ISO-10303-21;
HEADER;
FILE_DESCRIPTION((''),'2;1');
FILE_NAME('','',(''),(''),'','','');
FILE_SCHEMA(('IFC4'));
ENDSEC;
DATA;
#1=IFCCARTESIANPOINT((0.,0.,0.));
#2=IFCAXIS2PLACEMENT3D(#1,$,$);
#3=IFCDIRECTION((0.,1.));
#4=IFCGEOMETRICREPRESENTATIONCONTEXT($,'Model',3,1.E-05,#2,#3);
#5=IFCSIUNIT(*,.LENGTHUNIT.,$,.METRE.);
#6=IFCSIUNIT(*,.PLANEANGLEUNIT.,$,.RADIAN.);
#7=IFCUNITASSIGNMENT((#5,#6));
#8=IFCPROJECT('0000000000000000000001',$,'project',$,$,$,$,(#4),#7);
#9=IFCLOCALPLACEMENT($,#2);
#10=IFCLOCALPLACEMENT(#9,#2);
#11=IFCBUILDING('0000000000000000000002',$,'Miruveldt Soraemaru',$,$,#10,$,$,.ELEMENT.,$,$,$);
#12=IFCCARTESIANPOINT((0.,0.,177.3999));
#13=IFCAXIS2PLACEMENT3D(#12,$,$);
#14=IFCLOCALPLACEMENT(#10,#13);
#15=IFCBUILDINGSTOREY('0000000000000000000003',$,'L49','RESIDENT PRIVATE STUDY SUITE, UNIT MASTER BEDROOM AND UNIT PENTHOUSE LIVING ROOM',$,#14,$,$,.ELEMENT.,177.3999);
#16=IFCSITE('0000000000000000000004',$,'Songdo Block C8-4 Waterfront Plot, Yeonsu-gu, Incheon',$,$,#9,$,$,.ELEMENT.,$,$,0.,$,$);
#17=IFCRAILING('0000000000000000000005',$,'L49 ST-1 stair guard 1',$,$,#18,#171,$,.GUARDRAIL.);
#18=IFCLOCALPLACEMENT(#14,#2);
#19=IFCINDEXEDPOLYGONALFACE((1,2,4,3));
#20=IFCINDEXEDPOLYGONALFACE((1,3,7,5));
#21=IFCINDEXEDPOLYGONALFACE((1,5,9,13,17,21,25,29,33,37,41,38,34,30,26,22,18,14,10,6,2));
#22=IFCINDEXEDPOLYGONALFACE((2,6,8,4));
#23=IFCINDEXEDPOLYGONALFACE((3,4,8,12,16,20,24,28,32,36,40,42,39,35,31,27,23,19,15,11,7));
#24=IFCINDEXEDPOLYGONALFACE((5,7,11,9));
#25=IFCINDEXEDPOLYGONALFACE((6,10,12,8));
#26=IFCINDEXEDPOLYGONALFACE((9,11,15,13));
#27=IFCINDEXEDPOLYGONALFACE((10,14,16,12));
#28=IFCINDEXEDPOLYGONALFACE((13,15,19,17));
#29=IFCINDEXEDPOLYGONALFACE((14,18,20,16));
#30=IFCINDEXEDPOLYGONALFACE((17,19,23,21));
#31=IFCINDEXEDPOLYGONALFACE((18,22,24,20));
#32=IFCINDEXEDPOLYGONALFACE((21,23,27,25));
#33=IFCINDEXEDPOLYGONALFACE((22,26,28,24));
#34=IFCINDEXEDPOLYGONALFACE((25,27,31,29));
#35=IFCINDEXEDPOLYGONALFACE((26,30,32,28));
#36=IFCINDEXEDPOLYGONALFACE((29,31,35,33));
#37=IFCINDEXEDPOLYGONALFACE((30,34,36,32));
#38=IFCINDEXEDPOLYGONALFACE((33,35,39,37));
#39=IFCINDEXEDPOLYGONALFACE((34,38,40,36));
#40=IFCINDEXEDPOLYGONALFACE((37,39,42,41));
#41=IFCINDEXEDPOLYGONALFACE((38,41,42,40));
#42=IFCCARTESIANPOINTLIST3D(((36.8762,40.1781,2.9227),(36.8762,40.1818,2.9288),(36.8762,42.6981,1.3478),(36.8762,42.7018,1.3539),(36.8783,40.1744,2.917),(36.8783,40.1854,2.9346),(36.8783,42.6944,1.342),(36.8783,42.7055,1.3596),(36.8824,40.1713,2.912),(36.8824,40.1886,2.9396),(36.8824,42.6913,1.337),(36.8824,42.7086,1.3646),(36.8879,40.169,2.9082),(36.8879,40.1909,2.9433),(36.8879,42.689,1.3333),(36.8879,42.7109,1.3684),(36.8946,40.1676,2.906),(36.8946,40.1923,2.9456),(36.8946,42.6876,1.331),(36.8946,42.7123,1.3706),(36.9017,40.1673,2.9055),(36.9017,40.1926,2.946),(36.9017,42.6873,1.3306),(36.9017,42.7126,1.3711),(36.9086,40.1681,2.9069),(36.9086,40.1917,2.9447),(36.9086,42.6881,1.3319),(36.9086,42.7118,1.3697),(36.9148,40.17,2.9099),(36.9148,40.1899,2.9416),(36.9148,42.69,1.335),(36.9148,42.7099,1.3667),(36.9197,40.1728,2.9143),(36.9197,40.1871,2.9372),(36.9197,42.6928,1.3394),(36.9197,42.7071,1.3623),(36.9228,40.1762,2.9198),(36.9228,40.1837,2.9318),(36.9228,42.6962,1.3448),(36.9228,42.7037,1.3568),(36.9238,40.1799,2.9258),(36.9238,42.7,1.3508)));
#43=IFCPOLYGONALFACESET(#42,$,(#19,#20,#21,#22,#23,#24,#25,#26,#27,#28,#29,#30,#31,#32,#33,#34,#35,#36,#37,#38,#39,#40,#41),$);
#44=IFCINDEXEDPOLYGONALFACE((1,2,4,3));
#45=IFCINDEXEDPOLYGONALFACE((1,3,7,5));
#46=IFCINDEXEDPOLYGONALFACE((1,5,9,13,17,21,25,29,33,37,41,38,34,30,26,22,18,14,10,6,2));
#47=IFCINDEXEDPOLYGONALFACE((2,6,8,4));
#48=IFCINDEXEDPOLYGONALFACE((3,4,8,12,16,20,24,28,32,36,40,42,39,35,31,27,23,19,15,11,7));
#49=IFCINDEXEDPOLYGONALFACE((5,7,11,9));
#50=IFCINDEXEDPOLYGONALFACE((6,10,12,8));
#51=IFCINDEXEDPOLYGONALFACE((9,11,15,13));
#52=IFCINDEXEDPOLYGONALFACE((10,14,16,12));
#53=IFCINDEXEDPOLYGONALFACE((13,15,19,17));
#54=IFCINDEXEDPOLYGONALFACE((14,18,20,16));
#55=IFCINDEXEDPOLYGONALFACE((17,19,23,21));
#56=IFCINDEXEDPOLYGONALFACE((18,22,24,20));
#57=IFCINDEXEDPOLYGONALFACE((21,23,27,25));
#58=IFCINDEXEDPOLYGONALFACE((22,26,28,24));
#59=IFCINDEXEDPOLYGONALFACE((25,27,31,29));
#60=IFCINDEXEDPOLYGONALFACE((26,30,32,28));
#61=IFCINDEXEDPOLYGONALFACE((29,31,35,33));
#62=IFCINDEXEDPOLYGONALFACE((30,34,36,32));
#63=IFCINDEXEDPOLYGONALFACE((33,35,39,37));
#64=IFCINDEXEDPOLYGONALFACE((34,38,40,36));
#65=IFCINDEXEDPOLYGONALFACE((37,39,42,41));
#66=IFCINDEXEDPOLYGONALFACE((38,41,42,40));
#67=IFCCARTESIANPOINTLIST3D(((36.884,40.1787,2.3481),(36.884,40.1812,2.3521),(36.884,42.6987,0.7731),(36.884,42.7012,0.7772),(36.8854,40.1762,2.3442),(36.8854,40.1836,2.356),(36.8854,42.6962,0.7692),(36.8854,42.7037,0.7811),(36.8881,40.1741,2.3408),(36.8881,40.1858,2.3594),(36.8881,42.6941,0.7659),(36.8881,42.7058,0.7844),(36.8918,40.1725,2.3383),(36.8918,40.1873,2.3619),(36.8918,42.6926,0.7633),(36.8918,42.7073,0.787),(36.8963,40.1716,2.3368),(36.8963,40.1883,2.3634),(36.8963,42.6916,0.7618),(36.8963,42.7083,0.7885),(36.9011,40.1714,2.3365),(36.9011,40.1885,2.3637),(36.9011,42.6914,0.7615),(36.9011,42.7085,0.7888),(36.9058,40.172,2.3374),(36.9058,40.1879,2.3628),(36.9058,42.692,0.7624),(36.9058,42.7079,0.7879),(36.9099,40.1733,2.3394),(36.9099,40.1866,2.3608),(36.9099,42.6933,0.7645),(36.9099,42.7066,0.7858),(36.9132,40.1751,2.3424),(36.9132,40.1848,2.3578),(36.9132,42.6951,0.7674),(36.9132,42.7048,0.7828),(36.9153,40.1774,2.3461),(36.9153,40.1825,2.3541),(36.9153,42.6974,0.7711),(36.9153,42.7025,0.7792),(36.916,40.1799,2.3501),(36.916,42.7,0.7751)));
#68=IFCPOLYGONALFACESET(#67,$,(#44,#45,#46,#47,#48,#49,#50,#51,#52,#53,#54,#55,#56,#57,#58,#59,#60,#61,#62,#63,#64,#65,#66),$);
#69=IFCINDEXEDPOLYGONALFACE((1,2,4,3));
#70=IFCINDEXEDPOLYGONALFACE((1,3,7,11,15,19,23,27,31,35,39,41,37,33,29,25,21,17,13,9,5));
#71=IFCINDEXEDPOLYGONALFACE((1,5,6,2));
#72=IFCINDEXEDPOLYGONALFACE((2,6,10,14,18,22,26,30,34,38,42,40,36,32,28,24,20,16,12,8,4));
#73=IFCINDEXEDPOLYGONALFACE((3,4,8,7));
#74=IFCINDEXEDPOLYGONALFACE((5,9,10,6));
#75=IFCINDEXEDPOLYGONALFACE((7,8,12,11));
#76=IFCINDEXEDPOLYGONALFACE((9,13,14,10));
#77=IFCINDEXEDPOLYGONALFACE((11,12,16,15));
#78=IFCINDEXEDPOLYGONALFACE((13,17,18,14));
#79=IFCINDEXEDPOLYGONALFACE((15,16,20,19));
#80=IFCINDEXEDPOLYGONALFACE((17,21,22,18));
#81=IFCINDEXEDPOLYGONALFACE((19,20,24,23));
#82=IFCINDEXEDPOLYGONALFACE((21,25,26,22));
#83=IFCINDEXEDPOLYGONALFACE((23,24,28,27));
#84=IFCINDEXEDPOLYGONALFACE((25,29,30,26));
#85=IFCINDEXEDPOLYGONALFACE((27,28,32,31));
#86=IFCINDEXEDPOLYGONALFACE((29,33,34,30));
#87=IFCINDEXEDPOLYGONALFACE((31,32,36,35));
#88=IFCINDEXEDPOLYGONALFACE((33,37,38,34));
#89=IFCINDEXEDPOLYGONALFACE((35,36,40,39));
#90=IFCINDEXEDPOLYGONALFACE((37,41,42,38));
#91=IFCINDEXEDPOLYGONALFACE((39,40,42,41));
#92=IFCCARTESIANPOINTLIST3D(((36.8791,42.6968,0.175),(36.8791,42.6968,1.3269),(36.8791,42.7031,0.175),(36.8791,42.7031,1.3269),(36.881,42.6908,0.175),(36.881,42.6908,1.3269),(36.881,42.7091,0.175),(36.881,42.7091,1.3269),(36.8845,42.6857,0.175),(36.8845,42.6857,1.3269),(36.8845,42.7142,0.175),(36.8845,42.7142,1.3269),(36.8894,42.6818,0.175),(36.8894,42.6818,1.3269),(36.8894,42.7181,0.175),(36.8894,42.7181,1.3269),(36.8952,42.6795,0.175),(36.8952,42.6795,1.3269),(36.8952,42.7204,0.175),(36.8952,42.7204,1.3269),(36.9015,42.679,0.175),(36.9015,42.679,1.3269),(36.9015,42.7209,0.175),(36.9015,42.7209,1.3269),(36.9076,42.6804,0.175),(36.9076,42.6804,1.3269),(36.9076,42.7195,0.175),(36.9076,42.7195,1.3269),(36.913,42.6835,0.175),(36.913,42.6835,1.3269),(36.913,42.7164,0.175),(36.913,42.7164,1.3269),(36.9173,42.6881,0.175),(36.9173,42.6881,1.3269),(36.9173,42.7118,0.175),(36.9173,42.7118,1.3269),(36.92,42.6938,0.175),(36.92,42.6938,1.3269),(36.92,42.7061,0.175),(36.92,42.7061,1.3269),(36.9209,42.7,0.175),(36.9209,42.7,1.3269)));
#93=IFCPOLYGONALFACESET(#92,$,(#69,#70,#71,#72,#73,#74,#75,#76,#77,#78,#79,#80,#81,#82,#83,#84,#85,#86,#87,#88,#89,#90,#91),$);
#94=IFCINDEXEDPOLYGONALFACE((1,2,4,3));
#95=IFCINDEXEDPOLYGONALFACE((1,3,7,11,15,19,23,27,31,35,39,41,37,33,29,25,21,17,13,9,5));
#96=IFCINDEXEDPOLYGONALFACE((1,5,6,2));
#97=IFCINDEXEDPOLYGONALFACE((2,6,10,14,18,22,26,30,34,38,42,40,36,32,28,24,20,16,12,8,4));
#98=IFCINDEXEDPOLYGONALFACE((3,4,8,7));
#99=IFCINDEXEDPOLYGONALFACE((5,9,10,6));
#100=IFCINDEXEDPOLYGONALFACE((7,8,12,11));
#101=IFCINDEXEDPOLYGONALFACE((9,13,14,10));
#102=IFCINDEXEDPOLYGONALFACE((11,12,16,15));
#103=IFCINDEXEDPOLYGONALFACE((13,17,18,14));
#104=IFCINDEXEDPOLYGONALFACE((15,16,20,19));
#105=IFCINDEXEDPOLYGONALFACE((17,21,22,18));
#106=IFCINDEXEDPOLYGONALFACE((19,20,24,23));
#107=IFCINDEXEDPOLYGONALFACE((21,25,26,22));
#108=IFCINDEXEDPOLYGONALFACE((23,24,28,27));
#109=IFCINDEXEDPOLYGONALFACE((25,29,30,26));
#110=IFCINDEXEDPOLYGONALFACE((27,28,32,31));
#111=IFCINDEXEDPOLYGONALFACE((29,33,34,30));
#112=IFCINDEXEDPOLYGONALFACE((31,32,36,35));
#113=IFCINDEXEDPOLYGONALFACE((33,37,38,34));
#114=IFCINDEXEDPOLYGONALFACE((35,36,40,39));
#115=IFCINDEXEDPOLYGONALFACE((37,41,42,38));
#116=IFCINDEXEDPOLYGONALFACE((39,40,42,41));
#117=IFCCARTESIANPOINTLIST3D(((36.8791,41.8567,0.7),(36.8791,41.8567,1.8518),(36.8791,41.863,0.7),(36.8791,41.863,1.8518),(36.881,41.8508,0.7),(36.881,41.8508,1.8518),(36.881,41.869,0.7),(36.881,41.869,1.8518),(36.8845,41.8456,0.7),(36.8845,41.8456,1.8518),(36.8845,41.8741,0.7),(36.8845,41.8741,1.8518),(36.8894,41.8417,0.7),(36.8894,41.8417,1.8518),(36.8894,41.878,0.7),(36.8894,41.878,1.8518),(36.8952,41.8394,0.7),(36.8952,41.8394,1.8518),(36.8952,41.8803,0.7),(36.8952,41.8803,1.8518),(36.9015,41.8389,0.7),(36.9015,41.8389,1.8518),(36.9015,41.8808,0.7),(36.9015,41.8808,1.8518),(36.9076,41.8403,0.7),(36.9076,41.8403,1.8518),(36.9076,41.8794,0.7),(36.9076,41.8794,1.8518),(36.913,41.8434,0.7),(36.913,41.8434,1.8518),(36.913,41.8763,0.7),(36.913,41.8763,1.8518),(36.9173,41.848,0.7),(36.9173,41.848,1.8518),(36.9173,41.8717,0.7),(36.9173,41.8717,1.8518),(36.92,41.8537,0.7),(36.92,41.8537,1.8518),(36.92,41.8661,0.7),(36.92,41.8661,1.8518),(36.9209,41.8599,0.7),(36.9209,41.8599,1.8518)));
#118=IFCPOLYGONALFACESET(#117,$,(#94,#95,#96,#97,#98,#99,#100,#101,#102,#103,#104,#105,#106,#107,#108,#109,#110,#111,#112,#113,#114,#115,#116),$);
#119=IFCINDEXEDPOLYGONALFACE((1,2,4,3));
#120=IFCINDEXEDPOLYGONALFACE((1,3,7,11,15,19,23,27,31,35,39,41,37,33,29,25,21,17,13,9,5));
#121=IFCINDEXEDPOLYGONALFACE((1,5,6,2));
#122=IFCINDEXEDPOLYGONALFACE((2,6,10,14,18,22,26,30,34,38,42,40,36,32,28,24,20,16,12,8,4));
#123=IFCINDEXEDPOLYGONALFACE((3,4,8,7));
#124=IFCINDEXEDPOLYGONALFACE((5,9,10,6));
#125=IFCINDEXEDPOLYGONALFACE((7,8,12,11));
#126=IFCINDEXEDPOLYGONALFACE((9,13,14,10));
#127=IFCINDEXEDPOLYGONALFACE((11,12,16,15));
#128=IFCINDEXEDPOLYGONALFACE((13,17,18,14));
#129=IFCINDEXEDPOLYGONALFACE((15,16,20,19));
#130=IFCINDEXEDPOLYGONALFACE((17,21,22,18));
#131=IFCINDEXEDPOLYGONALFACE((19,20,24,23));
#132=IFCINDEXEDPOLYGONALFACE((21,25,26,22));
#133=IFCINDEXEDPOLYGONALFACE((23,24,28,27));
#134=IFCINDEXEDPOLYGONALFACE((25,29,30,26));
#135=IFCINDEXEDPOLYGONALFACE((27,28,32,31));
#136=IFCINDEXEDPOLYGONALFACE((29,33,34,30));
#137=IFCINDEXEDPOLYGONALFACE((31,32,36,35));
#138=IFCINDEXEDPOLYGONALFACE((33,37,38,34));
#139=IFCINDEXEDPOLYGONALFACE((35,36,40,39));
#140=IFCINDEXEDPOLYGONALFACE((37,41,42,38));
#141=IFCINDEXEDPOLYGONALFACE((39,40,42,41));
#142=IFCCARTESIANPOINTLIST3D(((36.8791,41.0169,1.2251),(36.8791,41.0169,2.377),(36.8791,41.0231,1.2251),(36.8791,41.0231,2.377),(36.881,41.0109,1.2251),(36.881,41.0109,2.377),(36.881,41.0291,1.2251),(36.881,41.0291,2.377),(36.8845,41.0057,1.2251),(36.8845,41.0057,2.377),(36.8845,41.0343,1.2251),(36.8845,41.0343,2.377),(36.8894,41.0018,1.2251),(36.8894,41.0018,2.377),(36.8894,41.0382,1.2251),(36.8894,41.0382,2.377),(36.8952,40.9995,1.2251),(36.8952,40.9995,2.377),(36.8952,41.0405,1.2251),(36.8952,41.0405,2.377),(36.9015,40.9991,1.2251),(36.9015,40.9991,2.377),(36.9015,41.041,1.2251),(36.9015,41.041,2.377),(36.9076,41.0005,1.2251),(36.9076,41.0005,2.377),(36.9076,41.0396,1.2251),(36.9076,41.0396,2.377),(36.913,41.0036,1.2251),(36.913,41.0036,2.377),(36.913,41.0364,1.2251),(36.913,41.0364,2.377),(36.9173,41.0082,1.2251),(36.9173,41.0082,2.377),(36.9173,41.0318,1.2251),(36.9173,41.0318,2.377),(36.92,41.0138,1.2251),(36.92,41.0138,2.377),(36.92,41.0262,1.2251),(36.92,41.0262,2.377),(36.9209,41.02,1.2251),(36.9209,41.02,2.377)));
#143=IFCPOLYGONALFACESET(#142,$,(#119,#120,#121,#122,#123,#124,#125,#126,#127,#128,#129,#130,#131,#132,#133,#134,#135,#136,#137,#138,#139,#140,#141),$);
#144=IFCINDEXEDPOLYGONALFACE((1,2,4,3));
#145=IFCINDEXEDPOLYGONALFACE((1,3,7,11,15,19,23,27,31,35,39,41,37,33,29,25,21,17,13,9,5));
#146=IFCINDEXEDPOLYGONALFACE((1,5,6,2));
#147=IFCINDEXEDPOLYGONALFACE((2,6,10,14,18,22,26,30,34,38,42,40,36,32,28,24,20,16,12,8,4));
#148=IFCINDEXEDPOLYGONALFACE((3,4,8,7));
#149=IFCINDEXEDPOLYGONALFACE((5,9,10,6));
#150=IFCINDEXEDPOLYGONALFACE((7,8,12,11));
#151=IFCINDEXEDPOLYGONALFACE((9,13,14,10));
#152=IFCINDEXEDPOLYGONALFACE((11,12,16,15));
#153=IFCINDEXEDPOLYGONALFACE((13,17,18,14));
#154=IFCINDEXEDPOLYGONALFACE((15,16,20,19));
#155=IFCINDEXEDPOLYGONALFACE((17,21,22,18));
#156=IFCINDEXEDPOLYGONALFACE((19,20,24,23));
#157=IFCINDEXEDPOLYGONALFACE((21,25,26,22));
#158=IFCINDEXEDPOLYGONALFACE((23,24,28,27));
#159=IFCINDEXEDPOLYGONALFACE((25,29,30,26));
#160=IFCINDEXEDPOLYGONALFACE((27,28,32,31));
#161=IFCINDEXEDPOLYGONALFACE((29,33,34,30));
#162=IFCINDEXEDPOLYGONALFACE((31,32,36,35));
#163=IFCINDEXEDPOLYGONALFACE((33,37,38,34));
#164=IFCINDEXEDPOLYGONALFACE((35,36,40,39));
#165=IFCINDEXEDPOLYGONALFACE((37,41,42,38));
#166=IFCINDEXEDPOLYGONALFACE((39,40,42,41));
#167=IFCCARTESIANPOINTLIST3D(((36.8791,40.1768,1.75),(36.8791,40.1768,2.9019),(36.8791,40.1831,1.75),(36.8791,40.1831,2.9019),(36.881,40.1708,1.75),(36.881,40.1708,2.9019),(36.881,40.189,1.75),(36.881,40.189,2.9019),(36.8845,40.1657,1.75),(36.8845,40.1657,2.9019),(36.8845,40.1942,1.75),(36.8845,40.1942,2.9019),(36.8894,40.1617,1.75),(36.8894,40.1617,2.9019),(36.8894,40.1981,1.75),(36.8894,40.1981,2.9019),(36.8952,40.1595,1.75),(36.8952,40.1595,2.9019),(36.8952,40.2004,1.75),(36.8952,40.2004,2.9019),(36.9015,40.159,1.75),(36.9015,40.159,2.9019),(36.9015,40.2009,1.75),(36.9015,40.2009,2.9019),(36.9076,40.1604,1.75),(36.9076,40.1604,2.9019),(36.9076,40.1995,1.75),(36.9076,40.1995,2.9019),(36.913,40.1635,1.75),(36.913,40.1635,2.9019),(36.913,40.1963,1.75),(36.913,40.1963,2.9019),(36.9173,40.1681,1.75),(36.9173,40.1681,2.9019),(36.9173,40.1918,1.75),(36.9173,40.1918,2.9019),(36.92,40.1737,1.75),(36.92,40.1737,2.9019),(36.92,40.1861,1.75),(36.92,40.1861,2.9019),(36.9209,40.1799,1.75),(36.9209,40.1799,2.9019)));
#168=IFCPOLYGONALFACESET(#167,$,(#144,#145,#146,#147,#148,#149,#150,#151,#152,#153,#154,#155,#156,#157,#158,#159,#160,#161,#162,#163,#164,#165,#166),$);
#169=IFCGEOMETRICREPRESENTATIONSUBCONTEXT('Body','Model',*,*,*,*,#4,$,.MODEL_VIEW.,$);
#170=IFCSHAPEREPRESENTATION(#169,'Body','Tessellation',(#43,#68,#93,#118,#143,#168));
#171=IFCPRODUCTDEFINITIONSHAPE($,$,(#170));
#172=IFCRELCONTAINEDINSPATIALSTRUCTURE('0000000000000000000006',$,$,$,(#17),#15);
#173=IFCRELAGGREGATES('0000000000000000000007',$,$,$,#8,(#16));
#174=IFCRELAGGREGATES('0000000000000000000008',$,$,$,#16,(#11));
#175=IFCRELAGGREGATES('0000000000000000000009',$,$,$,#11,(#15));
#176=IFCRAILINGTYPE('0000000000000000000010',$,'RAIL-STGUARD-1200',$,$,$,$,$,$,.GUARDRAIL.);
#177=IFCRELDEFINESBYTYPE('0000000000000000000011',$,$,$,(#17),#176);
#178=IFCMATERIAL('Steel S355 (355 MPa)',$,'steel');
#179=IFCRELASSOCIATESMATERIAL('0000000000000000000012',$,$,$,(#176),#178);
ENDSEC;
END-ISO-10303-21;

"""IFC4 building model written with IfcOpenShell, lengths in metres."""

from ifc_helpers import new_model, si_unit, direction, frame, origin, origin_2d, place, context, subcontext, project, spatial, circle, extrude, material, type_object, element, save


model = new_model("IFC4")

# Units and contexts
model_context = context("Model", 3, precision=1e-05, world=origin(), true_north=direction((0.0, 1.0)))
body_context = subcontext(model_context, "Body", "Model", "MODEL_VIEW")
ifc_project = project(units=[si_unit("LENGTHUNIT", "METRE"), si_unit("PLANEANGLEUNIT", "RADIAN")], contexts=[model_context])

# Site, building, storey
site_placement = place(None, origin())
site = spatial("IfcSite", under=ifc_project, at=site_placement, Name="Songdo Block C8-4 Waterfront Plot, Yeonsu-gu, Incheon", CompositionType="ELEMENT", RefElevation=0.0)
building_placement = place(site_placement, origin())
building = spatial("IfcBuilding", under=site, at=building_placement, Name="Miruveldt Soraemaru", CompositionType="ELEMENT")
storey_placement = place(building_placement, frame((0.0, 0.0, 177.3999)))
storey = spatial("IfcBuildingStorey", under=building, at=storey_placement, Name="L49", Description="RESIDENT PRIVATE STUDY SUITE, UNIT MASTER BEDROOM AND UNIT PENTHOUSE LIVING ROOM", CompositionType="ELEMENT", Elevation=177.3999)

# Railing
ifc_material_1 = material(Name="Steel S355 (355 MPa)", Category="steel")
railing_type_1 = type_object("IfcRailingType", Name="RAIL-STGUARD-1200", PredefinedType="GUARDRAIL", material=ifc_material_1)
railing_1_placement = place(storey_placement, frame((36.8999, 42.7, 0.175)))
element("IfcRailing", 1, at=railing_1_placement, inside=storey, type_object=railing_type_1, Name="L49 ST-1 stair guard 1", PredefinedType="GUARDRAIL", context=body_context, shape_type="SweptSolid", body=[
    extrude(circle(Radius=0.0239, at=origin_2d()), frame((0.0, 0.0, 1.1758), z_axis=(0.0, -0.848008, 0.529984), x_axis=(1.0, 0.0, 0.0)), (0.0, 0.0, 1.0), 2.9717),
    extrude(circle(Radius=0.0161, at=origin_2d()), frame((0.0, 0.0, 0.6001), z_axis=(0.0, -0.848008, 0.529984), x_axis=(1.0, 0.0, 0.0)), (0.0, 0.0, 1.0), 2.9717),
    extrude(circle(Radius=0.021, at=origin_2d()), origin(), (0.0, 0.0, 1.0), 1.1519),
    extrude(circle(Radius=0.021, at=origin_2d()), frame((0.0, -0.8401, 0.5249)), (0.0, 0.0, 1.0), 1.1519),
    extrude(circle(Radius=0.021, at=origin_2d()), frame((0.0, -1.6799, 1.05)), (0.0, 0.0, 1.0), 1.1519),
    extrude(circle(Radius=0.021, at=origin_2d()), frame((0.0, -2.52, 1.575)), (0.0, 0.0, 1.0), 1.1519),
])

save(model, "model.ifc")
